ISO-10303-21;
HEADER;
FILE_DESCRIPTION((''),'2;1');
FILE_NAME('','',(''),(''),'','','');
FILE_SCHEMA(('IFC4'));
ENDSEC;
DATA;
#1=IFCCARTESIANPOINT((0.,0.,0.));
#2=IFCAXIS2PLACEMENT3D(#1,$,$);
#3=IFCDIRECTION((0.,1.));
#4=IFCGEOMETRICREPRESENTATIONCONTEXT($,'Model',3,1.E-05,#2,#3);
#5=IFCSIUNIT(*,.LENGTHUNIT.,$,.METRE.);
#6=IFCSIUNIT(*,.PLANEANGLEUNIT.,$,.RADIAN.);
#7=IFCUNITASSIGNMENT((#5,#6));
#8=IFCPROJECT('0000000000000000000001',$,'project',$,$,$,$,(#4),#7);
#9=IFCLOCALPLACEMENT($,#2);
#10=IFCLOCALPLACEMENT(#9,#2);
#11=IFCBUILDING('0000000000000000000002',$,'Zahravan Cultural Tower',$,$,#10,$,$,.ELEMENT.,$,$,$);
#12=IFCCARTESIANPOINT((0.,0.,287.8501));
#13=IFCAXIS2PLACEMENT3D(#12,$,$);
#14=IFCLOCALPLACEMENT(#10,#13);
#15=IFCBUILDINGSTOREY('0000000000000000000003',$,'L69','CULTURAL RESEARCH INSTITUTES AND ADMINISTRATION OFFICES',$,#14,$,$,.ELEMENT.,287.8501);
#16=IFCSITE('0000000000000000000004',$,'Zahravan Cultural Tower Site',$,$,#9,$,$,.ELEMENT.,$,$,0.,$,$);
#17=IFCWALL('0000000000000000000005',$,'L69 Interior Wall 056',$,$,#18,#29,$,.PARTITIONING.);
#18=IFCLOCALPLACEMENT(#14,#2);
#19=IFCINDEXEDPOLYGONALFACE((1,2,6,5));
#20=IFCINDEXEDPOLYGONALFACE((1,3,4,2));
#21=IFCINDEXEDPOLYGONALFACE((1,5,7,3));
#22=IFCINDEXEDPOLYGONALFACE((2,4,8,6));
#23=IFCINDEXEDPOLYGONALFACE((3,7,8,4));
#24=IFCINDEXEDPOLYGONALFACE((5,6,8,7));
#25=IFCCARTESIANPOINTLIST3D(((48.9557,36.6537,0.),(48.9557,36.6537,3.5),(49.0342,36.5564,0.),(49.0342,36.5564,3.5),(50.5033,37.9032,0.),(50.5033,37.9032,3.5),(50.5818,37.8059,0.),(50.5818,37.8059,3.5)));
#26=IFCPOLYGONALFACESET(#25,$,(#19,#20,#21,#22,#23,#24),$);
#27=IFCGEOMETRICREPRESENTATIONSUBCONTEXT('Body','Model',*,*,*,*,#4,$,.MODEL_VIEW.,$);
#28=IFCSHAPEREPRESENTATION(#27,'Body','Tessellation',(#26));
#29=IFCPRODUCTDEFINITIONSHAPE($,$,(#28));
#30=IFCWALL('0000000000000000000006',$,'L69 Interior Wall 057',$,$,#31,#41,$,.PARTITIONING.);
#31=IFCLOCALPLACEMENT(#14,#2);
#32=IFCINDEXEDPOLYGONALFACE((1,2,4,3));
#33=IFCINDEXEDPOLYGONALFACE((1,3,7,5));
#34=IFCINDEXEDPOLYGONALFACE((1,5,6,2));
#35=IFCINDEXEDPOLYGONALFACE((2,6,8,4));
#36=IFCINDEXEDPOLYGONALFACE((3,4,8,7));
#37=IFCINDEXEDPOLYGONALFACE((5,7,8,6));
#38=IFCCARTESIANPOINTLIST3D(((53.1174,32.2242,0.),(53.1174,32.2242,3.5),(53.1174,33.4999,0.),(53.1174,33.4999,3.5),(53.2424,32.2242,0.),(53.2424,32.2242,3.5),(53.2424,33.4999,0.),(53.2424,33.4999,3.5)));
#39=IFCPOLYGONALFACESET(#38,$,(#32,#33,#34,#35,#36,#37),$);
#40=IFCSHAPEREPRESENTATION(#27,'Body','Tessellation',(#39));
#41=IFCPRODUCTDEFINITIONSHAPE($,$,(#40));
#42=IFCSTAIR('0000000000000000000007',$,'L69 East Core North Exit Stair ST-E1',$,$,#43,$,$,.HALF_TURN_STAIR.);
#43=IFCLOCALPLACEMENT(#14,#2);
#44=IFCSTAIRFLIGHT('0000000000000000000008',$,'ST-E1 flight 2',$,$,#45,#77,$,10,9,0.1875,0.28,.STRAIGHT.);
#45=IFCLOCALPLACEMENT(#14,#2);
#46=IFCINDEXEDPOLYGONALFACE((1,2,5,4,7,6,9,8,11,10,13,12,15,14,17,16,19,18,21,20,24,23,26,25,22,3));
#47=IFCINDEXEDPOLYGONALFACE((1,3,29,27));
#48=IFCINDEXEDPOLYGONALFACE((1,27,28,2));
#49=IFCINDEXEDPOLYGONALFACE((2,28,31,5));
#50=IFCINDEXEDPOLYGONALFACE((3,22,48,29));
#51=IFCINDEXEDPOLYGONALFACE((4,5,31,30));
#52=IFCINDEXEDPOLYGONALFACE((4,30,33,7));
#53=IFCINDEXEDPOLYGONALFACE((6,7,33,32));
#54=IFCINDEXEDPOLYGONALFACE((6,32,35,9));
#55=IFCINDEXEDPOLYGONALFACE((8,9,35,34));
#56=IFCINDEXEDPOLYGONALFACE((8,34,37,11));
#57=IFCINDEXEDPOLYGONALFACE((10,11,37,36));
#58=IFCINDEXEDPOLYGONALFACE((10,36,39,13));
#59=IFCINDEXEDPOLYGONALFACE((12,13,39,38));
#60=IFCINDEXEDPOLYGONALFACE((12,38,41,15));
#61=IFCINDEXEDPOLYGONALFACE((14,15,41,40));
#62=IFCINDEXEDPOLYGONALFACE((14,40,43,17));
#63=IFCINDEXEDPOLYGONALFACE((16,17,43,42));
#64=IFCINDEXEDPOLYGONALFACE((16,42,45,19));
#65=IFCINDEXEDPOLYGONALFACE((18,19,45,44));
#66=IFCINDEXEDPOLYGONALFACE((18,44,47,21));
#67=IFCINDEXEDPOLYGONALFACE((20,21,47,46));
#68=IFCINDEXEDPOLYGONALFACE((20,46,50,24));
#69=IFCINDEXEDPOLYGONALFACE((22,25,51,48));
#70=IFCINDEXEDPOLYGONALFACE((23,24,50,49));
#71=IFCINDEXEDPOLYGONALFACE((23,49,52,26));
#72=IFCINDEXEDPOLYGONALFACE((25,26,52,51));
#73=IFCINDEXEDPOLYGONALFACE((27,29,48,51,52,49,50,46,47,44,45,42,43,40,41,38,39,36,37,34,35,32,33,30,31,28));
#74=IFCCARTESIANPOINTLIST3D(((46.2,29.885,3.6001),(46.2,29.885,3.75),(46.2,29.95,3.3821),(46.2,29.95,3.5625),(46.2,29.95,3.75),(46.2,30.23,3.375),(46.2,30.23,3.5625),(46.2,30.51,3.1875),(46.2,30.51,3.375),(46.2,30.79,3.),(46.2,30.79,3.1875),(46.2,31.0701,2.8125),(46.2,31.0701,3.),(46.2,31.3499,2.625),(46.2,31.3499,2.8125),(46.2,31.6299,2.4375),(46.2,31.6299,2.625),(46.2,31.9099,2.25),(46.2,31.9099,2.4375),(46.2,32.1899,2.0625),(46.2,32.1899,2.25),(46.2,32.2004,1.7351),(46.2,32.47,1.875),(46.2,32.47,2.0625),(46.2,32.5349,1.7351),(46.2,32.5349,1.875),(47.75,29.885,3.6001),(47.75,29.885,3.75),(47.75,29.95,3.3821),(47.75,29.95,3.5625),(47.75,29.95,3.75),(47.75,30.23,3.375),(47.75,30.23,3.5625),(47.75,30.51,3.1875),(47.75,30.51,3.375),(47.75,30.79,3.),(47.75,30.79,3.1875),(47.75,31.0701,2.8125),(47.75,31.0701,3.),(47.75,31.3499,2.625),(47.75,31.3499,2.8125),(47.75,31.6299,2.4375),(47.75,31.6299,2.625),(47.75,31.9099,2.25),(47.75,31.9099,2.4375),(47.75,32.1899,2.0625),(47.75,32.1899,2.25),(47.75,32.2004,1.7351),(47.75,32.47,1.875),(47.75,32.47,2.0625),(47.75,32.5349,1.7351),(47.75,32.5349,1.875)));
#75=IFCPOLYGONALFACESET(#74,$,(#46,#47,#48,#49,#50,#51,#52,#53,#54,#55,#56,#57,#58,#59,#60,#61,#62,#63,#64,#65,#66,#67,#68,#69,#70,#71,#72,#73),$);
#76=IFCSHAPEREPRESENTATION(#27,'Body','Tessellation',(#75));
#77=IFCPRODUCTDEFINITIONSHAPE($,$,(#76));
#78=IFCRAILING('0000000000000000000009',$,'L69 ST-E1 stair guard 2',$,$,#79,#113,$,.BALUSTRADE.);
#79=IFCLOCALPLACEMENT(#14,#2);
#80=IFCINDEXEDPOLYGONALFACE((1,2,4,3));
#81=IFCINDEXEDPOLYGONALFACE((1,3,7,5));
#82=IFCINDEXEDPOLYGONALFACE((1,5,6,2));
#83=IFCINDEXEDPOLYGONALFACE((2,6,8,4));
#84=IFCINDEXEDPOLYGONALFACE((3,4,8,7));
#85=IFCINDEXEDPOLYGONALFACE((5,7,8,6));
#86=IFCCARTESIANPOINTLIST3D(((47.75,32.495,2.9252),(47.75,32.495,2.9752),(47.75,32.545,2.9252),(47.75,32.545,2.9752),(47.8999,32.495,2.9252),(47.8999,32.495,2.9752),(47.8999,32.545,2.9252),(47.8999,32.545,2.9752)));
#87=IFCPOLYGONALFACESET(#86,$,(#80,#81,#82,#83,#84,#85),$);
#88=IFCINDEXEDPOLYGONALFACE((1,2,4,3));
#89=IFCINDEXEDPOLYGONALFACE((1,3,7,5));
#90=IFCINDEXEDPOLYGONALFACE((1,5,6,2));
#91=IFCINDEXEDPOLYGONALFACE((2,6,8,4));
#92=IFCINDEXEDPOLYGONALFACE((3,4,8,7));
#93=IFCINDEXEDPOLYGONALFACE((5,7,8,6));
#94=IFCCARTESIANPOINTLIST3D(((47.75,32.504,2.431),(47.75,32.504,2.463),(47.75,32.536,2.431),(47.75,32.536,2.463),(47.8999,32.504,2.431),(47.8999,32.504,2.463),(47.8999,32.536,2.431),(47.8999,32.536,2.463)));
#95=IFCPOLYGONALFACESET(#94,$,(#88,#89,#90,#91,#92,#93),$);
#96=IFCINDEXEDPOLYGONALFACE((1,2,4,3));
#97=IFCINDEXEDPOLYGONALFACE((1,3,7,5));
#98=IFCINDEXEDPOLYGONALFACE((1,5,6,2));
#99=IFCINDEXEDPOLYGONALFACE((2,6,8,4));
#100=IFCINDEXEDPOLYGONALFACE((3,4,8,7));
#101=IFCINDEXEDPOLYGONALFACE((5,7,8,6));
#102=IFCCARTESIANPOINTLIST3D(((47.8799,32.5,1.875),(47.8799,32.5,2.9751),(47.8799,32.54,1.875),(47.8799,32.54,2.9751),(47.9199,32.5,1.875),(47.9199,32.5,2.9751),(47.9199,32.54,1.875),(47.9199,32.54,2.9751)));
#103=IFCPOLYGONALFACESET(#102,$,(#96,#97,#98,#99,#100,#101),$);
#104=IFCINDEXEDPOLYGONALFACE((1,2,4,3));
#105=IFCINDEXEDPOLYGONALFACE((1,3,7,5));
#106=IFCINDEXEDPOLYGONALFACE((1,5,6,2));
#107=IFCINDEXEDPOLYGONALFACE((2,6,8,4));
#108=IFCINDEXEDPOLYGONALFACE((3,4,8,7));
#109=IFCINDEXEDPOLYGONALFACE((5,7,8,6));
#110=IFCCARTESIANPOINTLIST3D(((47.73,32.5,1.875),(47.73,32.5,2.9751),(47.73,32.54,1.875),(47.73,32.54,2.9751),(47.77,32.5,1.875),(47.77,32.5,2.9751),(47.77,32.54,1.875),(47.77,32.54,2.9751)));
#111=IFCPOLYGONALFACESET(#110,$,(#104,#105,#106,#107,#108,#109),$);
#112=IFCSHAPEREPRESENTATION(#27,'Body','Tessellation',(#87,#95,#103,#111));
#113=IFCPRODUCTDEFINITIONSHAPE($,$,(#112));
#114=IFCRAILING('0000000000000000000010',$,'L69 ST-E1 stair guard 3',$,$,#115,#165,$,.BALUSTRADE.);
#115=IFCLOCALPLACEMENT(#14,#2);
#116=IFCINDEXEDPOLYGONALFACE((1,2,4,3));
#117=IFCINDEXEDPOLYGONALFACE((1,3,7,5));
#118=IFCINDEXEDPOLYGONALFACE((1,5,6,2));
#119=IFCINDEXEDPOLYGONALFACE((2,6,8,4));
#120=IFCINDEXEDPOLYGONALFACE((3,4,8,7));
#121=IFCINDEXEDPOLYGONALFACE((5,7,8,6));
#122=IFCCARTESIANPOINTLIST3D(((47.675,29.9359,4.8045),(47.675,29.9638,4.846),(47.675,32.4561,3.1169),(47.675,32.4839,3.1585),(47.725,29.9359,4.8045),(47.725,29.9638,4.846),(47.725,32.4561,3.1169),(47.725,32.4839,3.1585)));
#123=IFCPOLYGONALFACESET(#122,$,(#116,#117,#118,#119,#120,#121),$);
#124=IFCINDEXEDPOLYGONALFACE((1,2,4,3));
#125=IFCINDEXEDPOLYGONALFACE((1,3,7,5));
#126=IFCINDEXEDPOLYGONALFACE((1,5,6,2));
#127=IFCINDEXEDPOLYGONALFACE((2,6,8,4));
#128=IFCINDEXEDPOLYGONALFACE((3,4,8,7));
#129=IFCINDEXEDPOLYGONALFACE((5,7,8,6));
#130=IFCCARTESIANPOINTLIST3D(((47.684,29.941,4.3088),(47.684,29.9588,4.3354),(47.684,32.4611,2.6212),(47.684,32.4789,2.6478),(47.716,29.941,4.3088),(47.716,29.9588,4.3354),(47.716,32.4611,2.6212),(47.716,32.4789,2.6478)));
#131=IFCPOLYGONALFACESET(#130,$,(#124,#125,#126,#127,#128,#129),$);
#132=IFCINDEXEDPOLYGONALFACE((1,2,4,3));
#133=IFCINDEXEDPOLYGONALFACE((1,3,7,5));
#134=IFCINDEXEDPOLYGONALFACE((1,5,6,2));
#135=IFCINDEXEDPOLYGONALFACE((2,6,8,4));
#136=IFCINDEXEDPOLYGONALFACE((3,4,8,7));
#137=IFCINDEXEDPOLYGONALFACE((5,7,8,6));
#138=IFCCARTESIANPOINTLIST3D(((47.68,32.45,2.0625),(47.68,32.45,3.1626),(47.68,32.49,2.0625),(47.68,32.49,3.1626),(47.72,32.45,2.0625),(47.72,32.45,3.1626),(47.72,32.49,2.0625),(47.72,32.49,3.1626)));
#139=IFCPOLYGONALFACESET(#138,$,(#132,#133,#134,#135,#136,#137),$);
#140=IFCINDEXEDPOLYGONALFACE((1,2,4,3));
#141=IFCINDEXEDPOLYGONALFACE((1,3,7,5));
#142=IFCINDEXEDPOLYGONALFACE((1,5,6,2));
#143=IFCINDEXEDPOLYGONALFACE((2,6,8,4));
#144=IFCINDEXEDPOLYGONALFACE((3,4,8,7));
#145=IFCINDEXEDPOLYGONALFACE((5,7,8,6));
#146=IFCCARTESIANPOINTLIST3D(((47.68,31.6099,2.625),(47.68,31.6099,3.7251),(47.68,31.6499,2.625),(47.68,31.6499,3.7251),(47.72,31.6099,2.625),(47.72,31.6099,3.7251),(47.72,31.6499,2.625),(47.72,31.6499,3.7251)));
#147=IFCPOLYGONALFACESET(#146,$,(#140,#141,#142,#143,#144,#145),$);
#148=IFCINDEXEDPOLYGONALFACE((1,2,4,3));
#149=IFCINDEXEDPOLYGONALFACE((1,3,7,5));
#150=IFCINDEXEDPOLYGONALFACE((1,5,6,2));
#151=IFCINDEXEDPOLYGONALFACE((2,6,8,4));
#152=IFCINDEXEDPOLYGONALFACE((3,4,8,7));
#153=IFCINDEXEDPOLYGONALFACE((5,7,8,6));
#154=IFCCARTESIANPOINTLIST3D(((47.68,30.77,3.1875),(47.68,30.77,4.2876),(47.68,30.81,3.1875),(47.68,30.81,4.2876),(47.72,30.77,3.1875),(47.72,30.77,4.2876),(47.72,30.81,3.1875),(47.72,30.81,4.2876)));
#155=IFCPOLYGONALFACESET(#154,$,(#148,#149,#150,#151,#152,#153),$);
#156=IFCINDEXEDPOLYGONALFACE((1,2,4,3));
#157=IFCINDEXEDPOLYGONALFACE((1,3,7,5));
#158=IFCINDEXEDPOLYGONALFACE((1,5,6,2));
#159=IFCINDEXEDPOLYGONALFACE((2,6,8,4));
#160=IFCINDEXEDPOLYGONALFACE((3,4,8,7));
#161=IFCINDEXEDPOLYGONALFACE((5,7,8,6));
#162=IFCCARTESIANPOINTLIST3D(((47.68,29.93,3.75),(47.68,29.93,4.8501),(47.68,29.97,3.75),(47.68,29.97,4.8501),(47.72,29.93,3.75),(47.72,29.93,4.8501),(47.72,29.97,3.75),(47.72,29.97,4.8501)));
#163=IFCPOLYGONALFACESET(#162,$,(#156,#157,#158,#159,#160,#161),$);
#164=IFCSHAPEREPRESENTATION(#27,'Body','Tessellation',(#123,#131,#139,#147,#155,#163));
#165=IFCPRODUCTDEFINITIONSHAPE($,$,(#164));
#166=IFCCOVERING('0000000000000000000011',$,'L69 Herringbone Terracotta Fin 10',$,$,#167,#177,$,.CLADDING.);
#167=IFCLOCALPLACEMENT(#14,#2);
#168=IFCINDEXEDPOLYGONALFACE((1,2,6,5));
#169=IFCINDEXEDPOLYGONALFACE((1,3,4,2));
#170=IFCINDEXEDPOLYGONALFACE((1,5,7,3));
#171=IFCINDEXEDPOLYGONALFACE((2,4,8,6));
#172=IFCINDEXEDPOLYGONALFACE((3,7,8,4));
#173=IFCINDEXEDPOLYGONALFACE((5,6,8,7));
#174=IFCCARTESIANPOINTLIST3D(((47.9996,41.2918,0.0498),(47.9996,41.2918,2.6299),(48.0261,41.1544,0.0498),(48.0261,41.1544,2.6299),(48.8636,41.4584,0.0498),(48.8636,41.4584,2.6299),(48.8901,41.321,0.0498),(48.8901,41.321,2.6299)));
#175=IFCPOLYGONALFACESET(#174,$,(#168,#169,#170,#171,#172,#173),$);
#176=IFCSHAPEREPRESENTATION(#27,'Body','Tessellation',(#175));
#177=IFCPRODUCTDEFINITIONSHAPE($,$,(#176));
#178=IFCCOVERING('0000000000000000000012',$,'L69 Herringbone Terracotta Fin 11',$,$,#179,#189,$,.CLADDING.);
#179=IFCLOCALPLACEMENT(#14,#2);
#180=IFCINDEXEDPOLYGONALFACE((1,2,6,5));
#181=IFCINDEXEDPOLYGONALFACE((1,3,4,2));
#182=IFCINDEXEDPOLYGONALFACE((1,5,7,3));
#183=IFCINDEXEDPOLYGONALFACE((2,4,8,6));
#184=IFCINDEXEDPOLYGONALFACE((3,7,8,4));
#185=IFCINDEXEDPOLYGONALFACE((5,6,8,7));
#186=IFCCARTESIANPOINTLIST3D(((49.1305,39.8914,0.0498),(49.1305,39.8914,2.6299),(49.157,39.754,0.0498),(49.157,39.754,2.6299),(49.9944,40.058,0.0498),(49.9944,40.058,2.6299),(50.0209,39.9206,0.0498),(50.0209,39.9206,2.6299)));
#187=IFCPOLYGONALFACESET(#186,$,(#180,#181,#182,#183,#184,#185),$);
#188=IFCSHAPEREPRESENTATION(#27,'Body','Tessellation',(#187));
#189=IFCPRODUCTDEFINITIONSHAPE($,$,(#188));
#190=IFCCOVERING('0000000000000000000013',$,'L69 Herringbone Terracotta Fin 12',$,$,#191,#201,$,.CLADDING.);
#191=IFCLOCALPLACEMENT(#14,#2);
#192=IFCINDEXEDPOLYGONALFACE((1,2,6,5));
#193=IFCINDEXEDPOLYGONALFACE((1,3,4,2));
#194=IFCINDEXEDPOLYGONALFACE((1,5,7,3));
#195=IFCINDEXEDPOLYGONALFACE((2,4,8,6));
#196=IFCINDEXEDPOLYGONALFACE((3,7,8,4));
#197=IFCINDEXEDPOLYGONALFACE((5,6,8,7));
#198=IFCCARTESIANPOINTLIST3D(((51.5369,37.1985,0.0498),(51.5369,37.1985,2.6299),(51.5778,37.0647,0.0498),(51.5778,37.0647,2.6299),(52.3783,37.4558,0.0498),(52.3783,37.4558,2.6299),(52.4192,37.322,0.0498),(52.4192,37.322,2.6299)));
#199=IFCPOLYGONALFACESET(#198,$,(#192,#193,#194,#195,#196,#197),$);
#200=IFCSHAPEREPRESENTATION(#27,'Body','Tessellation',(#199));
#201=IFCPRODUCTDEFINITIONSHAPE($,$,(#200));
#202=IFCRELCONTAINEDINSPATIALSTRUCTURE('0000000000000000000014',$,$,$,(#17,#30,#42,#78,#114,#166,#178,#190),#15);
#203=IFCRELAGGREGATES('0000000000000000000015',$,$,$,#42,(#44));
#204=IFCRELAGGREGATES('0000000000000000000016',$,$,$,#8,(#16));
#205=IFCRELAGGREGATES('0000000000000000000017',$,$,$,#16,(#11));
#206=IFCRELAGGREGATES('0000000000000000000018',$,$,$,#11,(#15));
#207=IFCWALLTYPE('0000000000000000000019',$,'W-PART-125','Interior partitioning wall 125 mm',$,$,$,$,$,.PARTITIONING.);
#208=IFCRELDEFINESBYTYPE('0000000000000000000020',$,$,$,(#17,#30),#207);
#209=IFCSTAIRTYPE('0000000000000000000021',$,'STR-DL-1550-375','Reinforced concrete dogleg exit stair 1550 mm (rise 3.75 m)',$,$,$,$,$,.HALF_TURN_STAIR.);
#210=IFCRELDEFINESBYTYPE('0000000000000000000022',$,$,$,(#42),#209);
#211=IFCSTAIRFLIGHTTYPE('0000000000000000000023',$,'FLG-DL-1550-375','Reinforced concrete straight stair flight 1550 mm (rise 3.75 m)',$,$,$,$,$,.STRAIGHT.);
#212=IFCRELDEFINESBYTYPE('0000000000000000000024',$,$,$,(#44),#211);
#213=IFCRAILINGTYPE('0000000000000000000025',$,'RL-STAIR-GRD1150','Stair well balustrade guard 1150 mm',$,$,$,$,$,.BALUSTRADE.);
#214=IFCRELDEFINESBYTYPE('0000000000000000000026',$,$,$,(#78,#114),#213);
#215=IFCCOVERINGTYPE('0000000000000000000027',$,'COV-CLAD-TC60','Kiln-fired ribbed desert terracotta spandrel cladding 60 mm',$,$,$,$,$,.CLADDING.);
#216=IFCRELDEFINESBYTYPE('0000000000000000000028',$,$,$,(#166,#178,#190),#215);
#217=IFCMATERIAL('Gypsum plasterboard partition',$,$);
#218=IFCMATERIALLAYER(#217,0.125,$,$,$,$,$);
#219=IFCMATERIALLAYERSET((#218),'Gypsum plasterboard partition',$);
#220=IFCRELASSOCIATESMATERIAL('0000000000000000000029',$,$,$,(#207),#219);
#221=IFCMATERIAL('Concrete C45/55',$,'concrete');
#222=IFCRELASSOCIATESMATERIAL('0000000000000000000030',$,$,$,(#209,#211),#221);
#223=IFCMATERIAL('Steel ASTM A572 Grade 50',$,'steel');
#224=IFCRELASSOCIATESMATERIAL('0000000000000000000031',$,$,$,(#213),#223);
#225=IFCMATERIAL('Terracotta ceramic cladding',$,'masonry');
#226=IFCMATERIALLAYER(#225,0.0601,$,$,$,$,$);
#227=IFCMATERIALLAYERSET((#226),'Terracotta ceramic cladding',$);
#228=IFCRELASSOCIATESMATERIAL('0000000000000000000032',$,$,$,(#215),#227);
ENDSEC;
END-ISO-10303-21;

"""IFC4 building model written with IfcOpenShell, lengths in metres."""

from ifc_helpers import new_model, si_unit, direction, frame, frame_2d, origin, origin_2d, place, context, subcontext, project, spatial, polyline, rectangle, outline, extrude, source, transform, mapped, material, layer, layer_set, type_object, element, aggregate, save


model = new_model("IFC4")

# Units and contexts
model_context = context("Model", 3, precision=1e-05, world=origin(), true_north=direction((0.0, 1.0)))
body_context = subcontext(model_context, "Body", "Model", "MODEL_VIEW")
ifc_project = project(units=[si_unit("LENGTHUNIT", "METRE"), si_unit("PLANEANGLEUNIT", "RADIAN")], contexts=[model_context])

# Site, building, storey
site_placement = place(None, origin())
site = spatial("IfcSite", under=ifc_project, at=site_placement, Name="Zahravan Cultural Tower Site", CompositionType="ELEMENT", RefElevation=0.0)
building_placement = place(site_placement, origin())
building = spatial("IfcBuilding", under=site, at=building_placement, Name="Zahravan Cultural Tower", CompositionType="ELEMENT")
storey_placement = place(building_placement, frame((0.0, 0.0, 287.8501)))
storey = spatial("IfcBuildingStorey", under=building, at=storey_placement, Name="L69", Description="CULTURAL RESEARCH INSTITUTES AND ADMINISTRATION OFFICES", CompositionType="ELEMENT", Elevation=287.8501)

# Walls
ifc_material_1 = material(Name="Gypsum plasterboard partition")
ifc_layer_1 = layer(ifc_material_1, 0.125)
ifc_layer_set_1 = layer_set([ifc_layer_1], Name="Gypsum plasterboard partition")
wall_type_1 = type_object("IfcWallType", Name="W-PART-125", Description="Interior partitioning wall 125 mm", PredefinedType="PARTITIONING", material=ifc_layer_set_1)
shared_shape_1 = source(origin(), body_context, "Body", "SweptSolid", [
    extrude(rectangle(XDim=1.989, YDim=0.125, at=frame_2d((0.9946, 0.0))), origin(), (0.0, 0.0, 1.0), 3.5),
])
wall_1_placement = place(storey_placement, frame((48.9949, 36.605, 0.0), z_axis=(0.0, 0.0, 1.0), x_axis=(0.778059, 0.628191, 0.0)))
element("IfcWall", 1, at=wall_1_placement, inside=storey, type_object=wall_type_1, Name="L69 Interior Wall 056", PredefinedType="PARTITIONING", context=body_context, shape_type="MappedRepresentation", body=[
    mapped(shared_shape_1, transform((0.0, 0.0, 0.0), x_axis=(1.0, 0.0, 0.0), y_axis=(0.0, 1.0, 0.0), z_axis=(0.0, 0.0, 1.0), scale=1.0)),
])
shared_shape_2 = source(origin(), body_context, "Body", "SweptSolid", [
    extrude(rectangle(XDim=1.2756, YDim=0.125, at=frame_2d((0.6377, 0.0))), origin(), (0.0, 0.0, 1.0), 3.5),
])
wall_2_placement = place(storey_placement, frame((53.1799, 33.4998, 0.0), z_axis=(0.0, 0.0, 1.0), x_axis=(0.0, -1.0, 0.0)))
element("IfcWall", 2, at=wall_2_placement, inside=storey, type_object=wall_type_1, Name="L69 Interior Wall 057", PredefinedType="PARTITIONING", context=body_context, shape_type="MappedRepresentation", body=[
    mapped(shared_shape_2, transform((0.0, 0.0, 0.0), x_axis=(1.0, 0.0, 0.0), y_axis=(0.0, 1.0, 0.0), z_axis=(0.0, 0.0, 1.0), scale=1.0)),
])

# Stair, stair flight
ifc_material_2 = material(Name="Concrete C45/55", Category="concrete")
stair_type = type_object("IfcStairType", Name="STR-DL-1550-375", Description="Reinforced concrete dogleg exit stair 1550 mm (rise 3.75 m)", PredefinedType="HALF_TURN_STAIR", material=ifc_material_2)
stair_placement = place(storey_placement, origin())
stair = element("IfcStair", 3, at=stair_placement, inside=storey, type_object=stair_type, Name="L69 East Core North Exit Stair ST-E1", PredefinedType="HALF_TURN_STAIR")
stair_flight_type = type_object("IfcStairFlightType", Name="FLG-DL-1550-375", Description="Reinforced concrete straight stair flight 1550 mm (rise 3.75 m)", PredefinedType="STRAIGHT", material=ifc_material_2)
stair_flight_placement = place(storey_placement, frame((46.9751, 32.47, 1.875), z_axis=(0.0, 0.0, 1.0), x_axis=(0.0, -1.0, 0.0)))
stair_flight = element("IfcStairFlight", 4, at=stair_flight_placement, type_object=stair_flight_type, Name="ST-E1 flight 2", NumberOfRisers=10, NumberOfTreads=9, PredefinedType="STRAIGHT", RiserHeight=0.1875, TreadLength=0.28, context=body_context, shape_type="SweptSolid", body=[
    extrude(outline(polyline([(-0.0649, -0.1399), (-0.0649, 0.0), (0.0, 0.0), (0.0, 0.1875), (0.28, 0.1875), (0.28, 0.375), (0.5601, 0.375), (0.5601, 0.5625), (0.8401, 0.5625), (0.8401, 0.75), (1.1201, 0.75), (1.1201, 0.9375), (1.3999, 0.9375), (1.3999, 1.125), (1.6799, 1.125), (1.6799, 1.3125), (1.96, 1.3125), (1.96, 1.5), (2.24, 1.5), (2.24, 1.6875), (2.52, 1.6875), (2.52, 1.875), (2.585, 1.875), (2.585, 1.7251), (2.52, 1.5071), (0.2695, -0.1399), (-0.0649, -0.1399)])), frame((0.0, 0.7749, 0.0), z_axis=(0.0, -1.0, 0.0), x_axis=(1.0, 0.0, 0.0)), (0.0, 0.0, 1.0), 1.55),
])
aggregate(stair, [stair_flight])

# Railings
ifc_material_3 = material(Name="Steel ASTM A572 Grade 50", Category="steel")
railing_type = type_object("IfcRailingType", Name="RL-STAIR-GRD1150", Description="Stair well balustrade guard 1150 mm", PredefinedType="BALUSTRADE", material=ifc_material_3)
railing_1_placement = place(storey_placement, frame((47.8999, 32.52, 1.875)))
element("IfcRailing", 5, at=railing_1_placement, inside=storey, type_object=railing_type, Name="L69 ST-E1 stair guard 2", PredefinedType="BALUSTRADE", context=body_context, shape_type="SweptSolid", body=[
    extrude(rectangle(XDim=0.05, YDim=0.05, at=origin_2d()), frame((0.0, 0.0, 1.0752), z_axis=(-1.0, 0.0, 0.0), x_axis=(0.0, -1.0, 0.0)), (0.0, 0.0, 1.0), 0.1499),
    extrude(rectangle(XDim=0.032, YDim=0.032, at=origin_2d()), frame((0.0, 0.0, 0.572), z_axis=(-1.0, 0.0, 0.0), x_axis=(0.0, -1.0, 0.0)), (0.0, 0.0, 1.0), 0.1499),
    extrude(rectangle(XDim=0.04, YDim=0.04, at=origin_2d()), origin(), (0.0, 0.0, 1.0), 1.1001),
    extrude(rectangle(XDim=0.04, YDim=0.04, at=origin_2d()), frame((-0.1499, 0.0, 0.0)), (0.0, 0.0, 1.0), 1.1001),
])
railing_2_placement = place(storey_placement, frame((47.7, 32.47, 2.0625)))
element("IfcRailing", 6, at=railing_2_placement, inside=storey, type_object=railing_type, Name="L69 ST-E1 stair guard 3", PredefinedType="BALUSTRADE", context=body_context, shape_type="SweptSolid", body=[
    extrude(rectangle(XDim=0.05, YDim=0.05, at=origin_2d()), frame((0.0, 0.0, 1.0752), z_axis=(0.0, -0.830909, 0.556408), x_axis=(1.0, 0.0, 0.0)), (0.0, 0.0, 1.0), 3.033),
    extrude(rectangle(XDim=0.032, YDim=0.032, at=origin_2d()), frame((0.0, 0.0, 0.572), z_axis=(0.0, -0.830909, 0.556408), x_axis=(1.0, 0.0, 0.0)), (0.0, 0.0, 1.0), 3.033),
    extrude(rectangle(XDim=0.04, YDim=0.04, at=origin_2d()), origin(), (0.0, 0.0, 1.0), 1.1001),
    extrude(rectangle(XDim=0.04, YDim=0.04, at=origin_2d()), frame((0.0, -0.8401, 0.5625)), (0.0, 0.0, 1.0), 1.1001),
    extrude(rectangle(XDim=0.04, YDim=0.04, at=origin_2d()), frame((0.0, -1.6799, 1.125)), (0.0, 0.0, 1.0), 1.1001),
    extrude(rectangle(XDim=0.04, YDim=0.04, at=origin_2d()), frame((0.0, -2.52, 1.6875)), (0.0, 0.0, 1.0), 1.1001),
])

# Coverings
ifc_material_4 = material(Name="Terracotta ceramic cladding", Category="masonry")
ifc_layer_2 = layer(ifc_material_4, 0.0601)
ifc_layer_set_2 = layer_set([ifc_layer_2], Name="Terracotta ceramic cladding")
covering_type = type_object("IfcCoveringType", Name="COV-CLAD-TC60", Description="Kiln-fired ribbed desert terracotta spandrel cladding 60 mm", PredefinedType="CLADDING", material=ifc_layer_set_2)
shared_shape_3 = source(origin(), body_context, "Body", "SweptSolid", [
    extrude(rectangle(XDim=0.8799, YDim=0.1399, at=origin_2d()), origin(), (0.0, 0.0, 1.0), 2.5801),
])
for number, where, z_axis, x_axis, name in (
    (7, (48.4448, 41.3064, 0.0498), (0.0, 0.0, 1.0), (0.981903, 0.189387, 0.0), "L69 Herringbone Terracotta Fin 10"),
    (8, (49.5757, 39.906, 0.0498), (0.0, 0.0, 1.0), (0.981903, 0.189387, 0.0), "L69 Herringbone Terracotta Fin 11"),
    (9, (51.978, 37.2603, 0.0498), (0.0, 0.0, 1.0), (0.956305, 0.292372, 0.0), "L69 Herringbone Terracotta Fin 12"),
):
    element("IfcCovering", number, at=place(storey_placement, frame(where, z_axis=z_axis, x_axis=x_axis)), inside=storey, type_object=covering_type, Name=name, PredefinedType="CLADDING", context=body_context, shape_type="MappedRepresentation", body=[
        mapped(shared_shape_3, transform((0.0, 0.0, 0.0), x_axis=(1.0, 0.0, 0.0), y_axis=(0.0, 1.0, 0.0), z_axis=(0.0, 0.0, 1.0), scale=1.0)),
    ])

save(model, "model.ifc")
